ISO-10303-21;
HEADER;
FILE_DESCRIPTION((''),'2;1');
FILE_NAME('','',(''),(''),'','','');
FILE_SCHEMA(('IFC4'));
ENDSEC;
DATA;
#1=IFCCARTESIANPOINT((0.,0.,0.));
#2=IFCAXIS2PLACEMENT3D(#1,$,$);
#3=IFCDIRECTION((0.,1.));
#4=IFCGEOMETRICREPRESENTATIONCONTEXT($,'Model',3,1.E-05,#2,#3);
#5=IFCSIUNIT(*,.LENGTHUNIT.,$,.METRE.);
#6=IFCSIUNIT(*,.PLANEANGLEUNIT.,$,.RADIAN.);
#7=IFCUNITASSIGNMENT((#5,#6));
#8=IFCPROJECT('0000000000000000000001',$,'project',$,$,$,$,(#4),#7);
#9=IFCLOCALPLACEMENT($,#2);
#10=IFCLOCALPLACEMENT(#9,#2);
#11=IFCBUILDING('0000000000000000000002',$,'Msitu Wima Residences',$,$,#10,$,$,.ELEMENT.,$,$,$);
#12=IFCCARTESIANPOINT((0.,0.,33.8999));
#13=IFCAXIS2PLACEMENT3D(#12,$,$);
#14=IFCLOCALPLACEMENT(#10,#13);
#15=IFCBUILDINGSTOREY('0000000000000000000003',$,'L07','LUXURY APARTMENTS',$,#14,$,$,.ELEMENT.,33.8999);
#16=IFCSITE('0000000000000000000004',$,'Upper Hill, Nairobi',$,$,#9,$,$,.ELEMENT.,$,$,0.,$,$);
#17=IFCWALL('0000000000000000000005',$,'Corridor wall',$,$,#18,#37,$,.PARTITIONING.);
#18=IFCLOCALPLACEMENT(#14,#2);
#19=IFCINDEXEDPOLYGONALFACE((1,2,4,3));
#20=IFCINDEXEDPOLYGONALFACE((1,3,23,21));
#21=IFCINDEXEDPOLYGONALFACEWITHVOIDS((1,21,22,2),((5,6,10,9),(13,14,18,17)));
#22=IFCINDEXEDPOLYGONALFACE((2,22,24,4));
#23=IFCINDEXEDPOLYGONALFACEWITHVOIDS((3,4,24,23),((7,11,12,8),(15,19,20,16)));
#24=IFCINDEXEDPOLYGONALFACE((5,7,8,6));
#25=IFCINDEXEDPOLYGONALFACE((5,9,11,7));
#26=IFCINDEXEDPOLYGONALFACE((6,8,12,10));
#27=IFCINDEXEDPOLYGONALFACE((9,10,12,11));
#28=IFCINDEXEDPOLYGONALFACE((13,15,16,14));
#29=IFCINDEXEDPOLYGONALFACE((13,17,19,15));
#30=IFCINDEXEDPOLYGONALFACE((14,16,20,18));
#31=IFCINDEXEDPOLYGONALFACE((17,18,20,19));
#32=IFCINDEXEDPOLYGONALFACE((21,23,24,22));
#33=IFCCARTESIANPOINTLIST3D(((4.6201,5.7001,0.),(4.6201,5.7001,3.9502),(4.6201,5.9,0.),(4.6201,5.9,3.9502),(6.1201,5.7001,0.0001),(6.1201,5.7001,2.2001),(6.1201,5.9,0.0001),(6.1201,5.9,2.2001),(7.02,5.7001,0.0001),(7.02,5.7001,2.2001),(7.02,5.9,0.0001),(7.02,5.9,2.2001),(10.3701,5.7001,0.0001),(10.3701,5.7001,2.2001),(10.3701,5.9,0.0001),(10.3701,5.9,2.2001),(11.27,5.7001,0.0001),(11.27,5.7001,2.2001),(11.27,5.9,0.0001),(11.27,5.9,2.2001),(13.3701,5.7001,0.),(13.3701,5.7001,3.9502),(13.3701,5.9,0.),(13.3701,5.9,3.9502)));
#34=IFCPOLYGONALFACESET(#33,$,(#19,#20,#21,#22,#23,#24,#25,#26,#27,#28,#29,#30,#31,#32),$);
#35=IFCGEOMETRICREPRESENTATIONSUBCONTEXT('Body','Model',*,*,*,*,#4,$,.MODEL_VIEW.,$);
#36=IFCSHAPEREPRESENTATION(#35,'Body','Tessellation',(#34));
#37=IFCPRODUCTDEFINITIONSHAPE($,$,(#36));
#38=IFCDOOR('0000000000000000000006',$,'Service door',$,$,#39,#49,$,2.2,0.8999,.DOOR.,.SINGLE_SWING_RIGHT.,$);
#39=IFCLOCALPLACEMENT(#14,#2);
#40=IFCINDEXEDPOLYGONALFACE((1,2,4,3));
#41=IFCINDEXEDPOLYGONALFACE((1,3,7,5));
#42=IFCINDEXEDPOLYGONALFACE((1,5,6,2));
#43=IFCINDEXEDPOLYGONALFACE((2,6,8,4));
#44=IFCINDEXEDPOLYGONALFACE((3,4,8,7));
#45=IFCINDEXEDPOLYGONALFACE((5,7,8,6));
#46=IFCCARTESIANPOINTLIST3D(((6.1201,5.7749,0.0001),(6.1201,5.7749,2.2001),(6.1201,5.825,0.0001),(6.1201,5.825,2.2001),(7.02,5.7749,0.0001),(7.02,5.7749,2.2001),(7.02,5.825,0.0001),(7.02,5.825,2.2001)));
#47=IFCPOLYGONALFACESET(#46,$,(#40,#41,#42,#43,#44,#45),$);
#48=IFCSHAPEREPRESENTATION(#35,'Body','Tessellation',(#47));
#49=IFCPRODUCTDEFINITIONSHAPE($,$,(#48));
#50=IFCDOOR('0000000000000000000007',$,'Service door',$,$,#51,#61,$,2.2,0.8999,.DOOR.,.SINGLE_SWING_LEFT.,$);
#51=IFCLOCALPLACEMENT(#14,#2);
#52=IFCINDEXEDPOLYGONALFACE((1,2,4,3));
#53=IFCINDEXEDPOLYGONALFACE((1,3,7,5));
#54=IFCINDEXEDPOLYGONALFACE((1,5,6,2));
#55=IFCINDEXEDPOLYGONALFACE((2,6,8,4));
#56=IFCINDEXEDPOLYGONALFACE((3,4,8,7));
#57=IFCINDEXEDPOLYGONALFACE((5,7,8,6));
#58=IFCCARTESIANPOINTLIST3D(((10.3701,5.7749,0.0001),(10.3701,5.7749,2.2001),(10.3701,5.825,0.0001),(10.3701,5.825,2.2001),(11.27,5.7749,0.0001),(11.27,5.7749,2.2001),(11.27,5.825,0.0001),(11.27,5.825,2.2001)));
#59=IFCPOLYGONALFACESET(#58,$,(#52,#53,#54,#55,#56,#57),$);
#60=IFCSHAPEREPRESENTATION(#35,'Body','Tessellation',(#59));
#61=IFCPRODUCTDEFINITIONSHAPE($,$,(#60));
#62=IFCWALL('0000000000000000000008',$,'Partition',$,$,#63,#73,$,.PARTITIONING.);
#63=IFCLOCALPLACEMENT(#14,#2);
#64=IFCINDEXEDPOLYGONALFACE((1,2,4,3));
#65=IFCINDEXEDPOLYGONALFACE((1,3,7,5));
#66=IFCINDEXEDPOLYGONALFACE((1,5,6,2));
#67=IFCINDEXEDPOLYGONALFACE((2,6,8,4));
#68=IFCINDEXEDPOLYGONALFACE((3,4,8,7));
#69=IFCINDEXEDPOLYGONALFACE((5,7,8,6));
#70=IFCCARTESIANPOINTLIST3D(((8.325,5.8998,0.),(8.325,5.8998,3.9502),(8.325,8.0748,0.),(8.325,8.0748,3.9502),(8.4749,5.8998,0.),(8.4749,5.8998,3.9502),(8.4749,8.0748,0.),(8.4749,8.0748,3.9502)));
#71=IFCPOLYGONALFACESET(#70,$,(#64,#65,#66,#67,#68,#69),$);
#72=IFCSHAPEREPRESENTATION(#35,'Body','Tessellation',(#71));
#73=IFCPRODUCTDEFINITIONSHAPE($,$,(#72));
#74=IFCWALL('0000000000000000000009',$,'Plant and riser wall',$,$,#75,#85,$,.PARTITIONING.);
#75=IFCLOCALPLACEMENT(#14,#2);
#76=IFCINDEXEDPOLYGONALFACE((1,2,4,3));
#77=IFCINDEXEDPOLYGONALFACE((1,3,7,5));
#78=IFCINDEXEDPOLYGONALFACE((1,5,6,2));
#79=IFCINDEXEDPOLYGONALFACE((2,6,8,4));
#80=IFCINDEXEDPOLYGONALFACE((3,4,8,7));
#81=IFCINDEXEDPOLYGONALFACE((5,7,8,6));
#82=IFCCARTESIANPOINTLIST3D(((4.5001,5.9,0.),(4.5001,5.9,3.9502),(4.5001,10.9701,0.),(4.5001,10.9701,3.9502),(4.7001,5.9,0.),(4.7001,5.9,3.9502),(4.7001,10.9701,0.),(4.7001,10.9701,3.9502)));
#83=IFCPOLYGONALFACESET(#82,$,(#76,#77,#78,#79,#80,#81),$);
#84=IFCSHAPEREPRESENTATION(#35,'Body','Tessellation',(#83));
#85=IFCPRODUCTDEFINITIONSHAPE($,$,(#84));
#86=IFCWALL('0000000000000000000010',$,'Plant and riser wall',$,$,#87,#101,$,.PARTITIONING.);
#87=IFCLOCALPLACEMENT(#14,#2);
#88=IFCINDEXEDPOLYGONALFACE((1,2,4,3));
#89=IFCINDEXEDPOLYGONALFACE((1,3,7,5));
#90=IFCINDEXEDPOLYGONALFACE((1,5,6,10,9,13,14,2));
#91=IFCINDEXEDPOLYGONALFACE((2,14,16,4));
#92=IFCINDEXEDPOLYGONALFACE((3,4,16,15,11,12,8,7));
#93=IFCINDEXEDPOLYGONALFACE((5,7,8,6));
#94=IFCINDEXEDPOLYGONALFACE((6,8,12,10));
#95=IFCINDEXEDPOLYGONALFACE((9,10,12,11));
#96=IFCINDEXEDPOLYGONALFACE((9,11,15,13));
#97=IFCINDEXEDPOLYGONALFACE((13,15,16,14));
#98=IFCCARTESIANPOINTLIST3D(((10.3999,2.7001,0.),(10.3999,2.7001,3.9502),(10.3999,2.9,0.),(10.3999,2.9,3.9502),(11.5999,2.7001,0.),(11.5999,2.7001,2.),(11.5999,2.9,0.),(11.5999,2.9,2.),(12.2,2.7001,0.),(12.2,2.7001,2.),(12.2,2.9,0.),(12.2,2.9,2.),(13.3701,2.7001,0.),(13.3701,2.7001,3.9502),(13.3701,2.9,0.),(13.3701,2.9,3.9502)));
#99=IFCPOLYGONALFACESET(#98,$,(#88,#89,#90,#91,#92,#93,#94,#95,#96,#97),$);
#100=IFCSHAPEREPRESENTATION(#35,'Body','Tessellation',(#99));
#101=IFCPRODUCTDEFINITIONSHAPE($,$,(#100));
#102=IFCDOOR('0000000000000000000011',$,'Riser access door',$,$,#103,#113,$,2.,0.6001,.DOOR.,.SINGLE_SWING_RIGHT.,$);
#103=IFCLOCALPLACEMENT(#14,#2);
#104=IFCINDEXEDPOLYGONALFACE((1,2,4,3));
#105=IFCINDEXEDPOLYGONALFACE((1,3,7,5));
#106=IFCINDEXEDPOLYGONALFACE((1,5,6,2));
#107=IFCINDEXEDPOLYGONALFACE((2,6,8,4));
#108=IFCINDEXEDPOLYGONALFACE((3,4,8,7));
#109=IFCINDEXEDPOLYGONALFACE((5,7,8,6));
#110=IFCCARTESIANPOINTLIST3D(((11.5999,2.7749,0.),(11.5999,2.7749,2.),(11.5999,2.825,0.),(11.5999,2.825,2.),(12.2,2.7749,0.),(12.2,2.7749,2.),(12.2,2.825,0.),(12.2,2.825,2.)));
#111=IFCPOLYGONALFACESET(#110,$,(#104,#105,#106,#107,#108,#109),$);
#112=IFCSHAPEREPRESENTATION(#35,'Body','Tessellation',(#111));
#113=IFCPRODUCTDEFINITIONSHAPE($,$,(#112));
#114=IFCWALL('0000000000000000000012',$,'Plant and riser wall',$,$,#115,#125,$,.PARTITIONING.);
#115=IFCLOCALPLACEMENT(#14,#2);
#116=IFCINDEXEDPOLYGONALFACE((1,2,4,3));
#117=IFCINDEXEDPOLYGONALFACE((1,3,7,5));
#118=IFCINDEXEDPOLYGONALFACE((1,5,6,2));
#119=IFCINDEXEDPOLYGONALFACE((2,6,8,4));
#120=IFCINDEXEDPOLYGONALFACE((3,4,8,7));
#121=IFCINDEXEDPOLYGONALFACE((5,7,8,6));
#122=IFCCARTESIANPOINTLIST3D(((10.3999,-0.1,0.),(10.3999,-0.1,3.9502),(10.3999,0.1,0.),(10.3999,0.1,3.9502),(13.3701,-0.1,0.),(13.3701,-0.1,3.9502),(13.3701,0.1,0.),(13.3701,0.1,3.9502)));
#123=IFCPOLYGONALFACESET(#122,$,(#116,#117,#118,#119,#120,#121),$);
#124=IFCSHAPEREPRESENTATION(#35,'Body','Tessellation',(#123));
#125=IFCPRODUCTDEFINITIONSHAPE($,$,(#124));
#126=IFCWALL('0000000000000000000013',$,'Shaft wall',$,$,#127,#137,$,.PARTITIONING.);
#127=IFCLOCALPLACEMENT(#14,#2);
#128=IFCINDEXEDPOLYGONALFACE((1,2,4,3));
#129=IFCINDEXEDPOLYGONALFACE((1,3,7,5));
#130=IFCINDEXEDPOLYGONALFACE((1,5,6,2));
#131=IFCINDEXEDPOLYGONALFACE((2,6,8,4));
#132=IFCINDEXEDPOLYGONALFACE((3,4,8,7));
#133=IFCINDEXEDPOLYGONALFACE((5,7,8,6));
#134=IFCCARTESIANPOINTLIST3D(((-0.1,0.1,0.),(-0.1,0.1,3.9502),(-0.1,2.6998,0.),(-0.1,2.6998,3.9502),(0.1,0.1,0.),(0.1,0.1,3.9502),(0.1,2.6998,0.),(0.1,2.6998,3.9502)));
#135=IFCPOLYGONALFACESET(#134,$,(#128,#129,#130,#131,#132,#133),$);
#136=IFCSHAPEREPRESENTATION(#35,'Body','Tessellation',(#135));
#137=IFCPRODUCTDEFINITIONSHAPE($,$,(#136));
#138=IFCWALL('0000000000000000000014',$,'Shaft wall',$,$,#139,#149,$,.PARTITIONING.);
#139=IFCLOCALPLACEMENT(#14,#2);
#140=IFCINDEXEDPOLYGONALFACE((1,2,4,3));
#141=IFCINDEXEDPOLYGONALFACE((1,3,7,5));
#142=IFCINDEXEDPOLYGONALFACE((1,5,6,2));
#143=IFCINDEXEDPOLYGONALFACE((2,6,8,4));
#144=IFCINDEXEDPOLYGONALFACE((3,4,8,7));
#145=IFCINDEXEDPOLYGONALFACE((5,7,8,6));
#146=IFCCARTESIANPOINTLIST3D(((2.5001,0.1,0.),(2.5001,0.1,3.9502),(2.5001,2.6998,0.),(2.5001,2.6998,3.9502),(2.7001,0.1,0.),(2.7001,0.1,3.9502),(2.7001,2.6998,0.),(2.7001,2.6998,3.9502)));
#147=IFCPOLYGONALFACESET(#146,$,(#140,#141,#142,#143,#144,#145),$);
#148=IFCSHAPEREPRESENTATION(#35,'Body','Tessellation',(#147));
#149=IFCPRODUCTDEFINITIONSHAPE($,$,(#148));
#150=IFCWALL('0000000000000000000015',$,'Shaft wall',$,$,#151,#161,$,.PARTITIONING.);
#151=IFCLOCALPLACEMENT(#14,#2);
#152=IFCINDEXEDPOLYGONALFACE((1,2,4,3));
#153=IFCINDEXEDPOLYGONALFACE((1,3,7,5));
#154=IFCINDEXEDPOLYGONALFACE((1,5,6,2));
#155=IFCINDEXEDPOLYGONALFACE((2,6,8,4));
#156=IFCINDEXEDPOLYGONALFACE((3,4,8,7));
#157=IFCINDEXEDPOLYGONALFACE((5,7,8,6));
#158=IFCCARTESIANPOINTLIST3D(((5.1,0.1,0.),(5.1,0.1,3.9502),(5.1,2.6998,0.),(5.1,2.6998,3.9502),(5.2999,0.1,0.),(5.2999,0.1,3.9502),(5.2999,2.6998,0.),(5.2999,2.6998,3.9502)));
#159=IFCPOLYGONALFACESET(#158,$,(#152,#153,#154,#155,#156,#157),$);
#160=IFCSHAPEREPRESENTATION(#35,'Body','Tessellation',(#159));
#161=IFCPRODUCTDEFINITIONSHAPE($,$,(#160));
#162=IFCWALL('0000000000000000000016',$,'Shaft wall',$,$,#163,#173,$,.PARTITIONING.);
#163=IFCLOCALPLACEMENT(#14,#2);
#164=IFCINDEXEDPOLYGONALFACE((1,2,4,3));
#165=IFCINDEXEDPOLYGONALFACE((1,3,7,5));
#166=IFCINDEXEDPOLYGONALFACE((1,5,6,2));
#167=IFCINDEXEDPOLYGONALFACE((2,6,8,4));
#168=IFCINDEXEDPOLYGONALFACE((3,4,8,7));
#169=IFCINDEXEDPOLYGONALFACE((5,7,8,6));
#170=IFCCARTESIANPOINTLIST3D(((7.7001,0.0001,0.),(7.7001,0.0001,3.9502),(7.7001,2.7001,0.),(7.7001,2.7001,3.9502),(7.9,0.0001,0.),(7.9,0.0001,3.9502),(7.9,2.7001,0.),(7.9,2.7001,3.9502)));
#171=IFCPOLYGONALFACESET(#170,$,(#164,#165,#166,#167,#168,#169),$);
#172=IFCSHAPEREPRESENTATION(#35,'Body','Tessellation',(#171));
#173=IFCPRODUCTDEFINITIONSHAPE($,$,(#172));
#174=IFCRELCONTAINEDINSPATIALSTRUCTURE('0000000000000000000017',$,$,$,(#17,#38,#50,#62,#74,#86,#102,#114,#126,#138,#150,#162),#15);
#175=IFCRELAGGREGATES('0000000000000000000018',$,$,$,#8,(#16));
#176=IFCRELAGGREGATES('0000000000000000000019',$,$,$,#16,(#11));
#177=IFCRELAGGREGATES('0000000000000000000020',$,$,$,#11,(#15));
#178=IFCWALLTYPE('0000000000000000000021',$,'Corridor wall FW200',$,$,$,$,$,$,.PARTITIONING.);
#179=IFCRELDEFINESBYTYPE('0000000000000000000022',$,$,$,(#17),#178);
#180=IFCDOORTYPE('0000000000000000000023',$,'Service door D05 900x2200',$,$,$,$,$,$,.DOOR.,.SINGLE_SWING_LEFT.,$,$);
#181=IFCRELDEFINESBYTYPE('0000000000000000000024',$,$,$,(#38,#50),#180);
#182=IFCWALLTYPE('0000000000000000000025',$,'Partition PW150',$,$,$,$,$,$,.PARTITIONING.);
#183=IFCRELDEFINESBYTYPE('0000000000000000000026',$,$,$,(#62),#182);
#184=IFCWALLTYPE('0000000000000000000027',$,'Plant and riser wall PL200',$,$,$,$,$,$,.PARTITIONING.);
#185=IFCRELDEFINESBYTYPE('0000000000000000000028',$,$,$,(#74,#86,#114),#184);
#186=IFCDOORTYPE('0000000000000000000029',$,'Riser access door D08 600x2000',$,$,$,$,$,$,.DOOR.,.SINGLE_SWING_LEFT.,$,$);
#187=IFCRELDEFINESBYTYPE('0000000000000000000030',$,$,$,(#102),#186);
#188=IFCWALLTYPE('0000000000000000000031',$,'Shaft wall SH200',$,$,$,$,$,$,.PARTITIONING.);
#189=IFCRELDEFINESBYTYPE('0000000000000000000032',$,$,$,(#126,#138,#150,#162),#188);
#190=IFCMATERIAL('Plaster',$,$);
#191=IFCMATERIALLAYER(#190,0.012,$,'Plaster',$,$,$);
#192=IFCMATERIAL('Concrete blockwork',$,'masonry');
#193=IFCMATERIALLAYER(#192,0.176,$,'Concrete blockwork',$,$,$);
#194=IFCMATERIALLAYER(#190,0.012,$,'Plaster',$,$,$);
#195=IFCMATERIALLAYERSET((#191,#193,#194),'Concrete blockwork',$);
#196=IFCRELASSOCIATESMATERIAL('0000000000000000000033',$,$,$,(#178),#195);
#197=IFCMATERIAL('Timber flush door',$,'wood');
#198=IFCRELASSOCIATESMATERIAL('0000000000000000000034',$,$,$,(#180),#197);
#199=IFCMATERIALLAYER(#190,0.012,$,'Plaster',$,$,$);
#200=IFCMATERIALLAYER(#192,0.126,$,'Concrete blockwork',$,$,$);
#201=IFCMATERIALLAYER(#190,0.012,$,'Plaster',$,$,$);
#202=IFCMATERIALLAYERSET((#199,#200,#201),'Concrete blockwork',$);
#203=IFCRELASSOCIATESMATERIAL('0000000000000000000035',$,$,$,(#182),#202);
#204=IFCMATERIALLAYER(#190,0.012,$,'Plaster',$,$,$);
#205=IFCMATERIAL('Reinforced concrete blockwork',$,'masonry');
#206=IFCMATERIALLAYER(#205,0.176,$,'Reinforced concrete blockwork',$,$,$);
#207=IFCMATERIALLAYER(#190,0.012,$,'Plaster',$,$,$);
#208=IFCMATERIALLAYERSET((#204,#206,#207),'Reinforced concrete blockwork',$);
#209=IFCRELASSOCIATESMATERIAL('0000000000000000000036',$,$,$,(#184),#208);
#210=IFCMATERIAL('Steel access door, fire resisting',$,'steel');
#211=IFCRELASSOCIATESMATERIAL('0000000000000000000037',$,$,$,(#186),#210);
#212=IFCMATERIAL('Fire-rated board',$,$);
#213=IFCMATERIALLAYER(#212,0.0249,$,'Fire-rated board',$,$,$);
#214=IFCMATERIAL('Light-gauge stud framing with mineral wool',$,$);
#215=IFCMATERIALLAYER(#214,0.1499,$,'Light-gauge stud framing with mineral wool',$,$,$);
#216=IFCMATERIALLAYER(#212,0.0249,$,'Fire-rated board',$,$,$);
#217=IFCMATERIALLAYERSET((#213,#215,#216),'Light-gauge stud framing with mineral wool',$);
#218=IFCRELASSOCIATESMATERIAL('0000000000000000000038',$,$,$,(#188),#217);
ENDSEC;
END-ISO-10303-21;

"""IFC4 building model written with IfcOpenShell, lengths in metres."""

from ifc_helpers import new_model, si_unit, direction, frame, frame_2d, origin, place, context, subcontext, project, spatial, rectangle, extrude, material, layer, layer_set, type_object, element, fill, save


model = new_model("IFC4")

# Units and contexts
model_context = context("Model", 3, precision=1e-05, world=origin(), true_north=direction((0.0, 1.0)))
body_context = subcontext(model_context, "Body", "Model", "MODEL_VIEW")
ifc_project = project(units=[si_unit("LENGTHUNIT", "METRE"), si_unit("PLANEANGLEUNIT", "RADIAN")], contexts=[model_context])

# Site, building, storey
site_placement = place(None, origin())
site = spatial("IfcSite", under=ifc_project, at=site_placement, Name="Upper Hill, Nairobi", CompositionType="ELEMENT", RefElevation=0.0)
building_placement = place(site_placement, origin())
building = spatial("IfcBuilding", under=site, at=building_placement, Name="Msitu Wima Residences", CompositionType="ELEMENT")
storey_placement = place(building_placement, frame((0.0, 0.0, 33.8999)))
storey = spatial("IfcBuildingStorey", under=building, at=storey_placement, Name="L07", Description="LUXURY APARTMENTS", CompositionType="ELEMENT", Elevation=33.8999)

# Wall, openings, doors
ifc_material_1 = material(Name="Plaster")
ifc_layer_1 = layer(ifc_material_1, 0.012, Name="Plaster")
ifc_material_2 = material(Name="Concrete blockwork", Category="masonry")
ifc_layer_2 = layer(ifc_material_2, 0.176, Name="Concrete blockwork")
ifc_layer_3 = layer(ifc_material_1, 0.012, Name="Plaster")
ifc_layer_set_1 = layer_set([ifc_layer_1, ifc_layer_2, ifc_layer_3], Name="Concrete blockwork")
wall_type_1 = type_object("IfcWallType", Name="Corridor wall FW200", PredefinedType="PARTITIONING", material=ifc_layer_set_1)
wall_1_placement = place(storey_placement, frame((4.6201, 5.8, 0.0), z_axis=(0.0, 0.0, 1.0), x_axis=(1.0, 0.0, 0.0)))
wall_1 = element("IfcWall", 1, at=wall_1_placement, inside=storey, type_object=wall_type_1, Name="Corridor wall", PredefinedType="PARTITIONING", context=body_context, shape_type="SweptSolid", body=[
    extrude(rectangle(XDim=8.75, YDim=0.2, at=frame_2d((4.375, 0.0))), origin(), (0.0, 0.0, 1.0), 3.9502),
])
opening_1_placement = place(wall_1_placement, frame((1.5, 0.0, 0.0)))
opening_1 = element("IfcOpeningElement", 2, at=opening_1_placement, cuts=wall_1, PredefinedType="OPENING", context=body_context, shape_type="SweptSolid", body=[
    extrude(rectangle(XDim=0.8999, YDim=2.2, at=frame_2d((0.45, 1.1001))), frame((0.0, 0.1099, 0.0), z_axis=(0.0, -1.0, 0.0), x_axis=(1.0, 0.0, 0.0)), (0.0, 0.0, 1.0), 0.22),
])
opening_2_placement = place(wall_1_placement, frame((5.75, 0.0, 0.0)))
opening_2 = element("IfcOpeningElement", 3, at=opening_2_placement, cuts=wall_1, PredefinedType="OPENING", context=body_context, shape_type="SweptSolid", body=[
    extrude(rectangle(XDim=0.8999, YDim=2.2, at=frame_2d((0.45, 1.1001))), frame((0.0, 0.1099, 0.0), z_axis=(0.0, -1.0, 0.0), x_axis=(1.0, 0.0, 0.0)), (0.0, 0.0, 1.0), 0.22),
])
ifc_material_3 = material(Name="Timber flush door", Category="wood")
door_type_1 = type_object("IfcDoorType", Name="Service door D05 900x2200", OperationType="SINGLE_SWING_LEFT", PredefinedType="DOOR", material=ifc_material_3)
door_1_placement = place(opening_1_placement, origin())
door_1 = element("IfcDoor", 4, at=door_1_placement, inside=storey, type_object=door_type_1, Name="Service door", OperationType="SINGLE_SWING_RIGHT", OverallHeight=2.2, OverallWidth=0.8999, PredefinedType="DOOR", context=body_context, shape_type="SweptSolid", body=[
    extrude(rectangle(XDim=0.8999, YDim=2.2, at=frame_2d((0.45, 1.1001))), frame((0.0, 0.0249, 0.0), z_axis=(0.0, -1.0, 0.0), x_axis=(1.0, 0.0, 0.0)), (0.0, 0.0, 1.0), 0.05),
])
fill(opening_1, door_1)
door_2_placement = place(opening_2_placement, origin())
door_2 = element("IfcDoor", 5, at=door_2_placement, inside=storey, type_object=door_type_1, Name="Service door", OperationType="SINGLE_SWING_LEFT", OverallHeight=2.2, OverallWidth=0.8999, PredefinedType="DOOR", context=body_context, shape_type="SweptSolid", body=[
    extrude(rectangle(XDim=0.8999, YDim=2.2, at=frame_2d((0.45, 1.1001))), frame((0.0, 0.0249, 0.0), z_axis=(0.0, -1.0, 0.0), x_axis=(1.0, 0.0, 0.0)), (0.0, 0.0, 1.0), 0.05),
])
fill(opening_2, door_2)

# Walls
ifc_layer_4 = layer(ifc_material_1, 0.012, Name="Plaster")
ifc_layer_5 = layer(ifc_material_2, 0.126, Name="Concrete blockwork")
ifc_layer_6 = layer(ifc_material_1, 0.012, Name="Plaster")
ifc_layer_set_2 = layer_set([ifc_layer_4, ifc_layer_5, ifc_layer_6], Name="Concrete blockwork")
wall_type_2 = type_object("IfcWallType", Name="Partition PW150", PredefinedType="PARTITIONING", material=ifc_layer_set_2)
wall_2_placement = place(storey_placement, frame((8.3999, 5.8999, 0.0), z_axis=(0.0, 0.0, 1.0), x_axis=(0.0, 1.0, 0.0)))
element("IfcWall", 6, at=wall_2_placement, inside=storey, type_object=wall_type_2, Name="Partition", PredefinedType="PARTITIONING", context=body_context, shape_type="SweptSolid", body=[
    extrude(rectangle(XDim=2.175, YDim=0.1499, at=frame_2d((1.0874, 0.0))), origin(), (0.0, 0.0, 1.0), 3.9502),
])
ifc_layer_7 = layer(ifc_material_1, 0.012, Name="Plaster")
ifc_material_4 = material(Name="Reinforced concrete blockwork", Category="masonry")
ifc_layer_8 = layer(ifc_material_4, 0.176, Name="Reinforced concrete blockwork")
ifc_layer_9 = layer(ifc_material_1, 0.012, Name="Plaster")
ifc_layer_set_3 = layer_set([ifc_layer_7, ifc_layer_8, ifc_layer_9], Name="Reinforced concrete blockwork")
wall_type_3 = type_object("IfcWallType", Name="Plant and riser wall PL200", PredefinedType="PARTITIONING", material=ifc_layer_set_3)
wall_3_placement = place(storey_placement, frame((4.6001, 5.8999, 0.0), z_axis=(0.0, 0.0, 1.0), x_axis=(0.0, 1.0, 0.0)))
element("IfcWall", 7, at=wall_3_placement, inside=storey, type_object=wall_type_3, Name="Plant and riser wall", PredefinedType="PARTITIONING", context=body_context, shape_type="SweptSolid", body=[
    extrude(rectangle(XDim=5.0701, YDim=0.2, at=frame_2d((2.5352, 0.0))), origin(), (0.0, 0.0, 1.0), 3.9502),
])

# Wall, opening, door
wall_4_placement = place(storey_placement, frame((10.3999, 2.8, 0.0), z_axis=(0.0, 0.0, 1.0), x_axis=(1.0, 0.0, 0.0)))
wall_4 = element("IfcWall", 8, at=wall_4_placement, inside=storey, type_object=wall_type_3, Name="Plant and riser wall", PredefinedType="PARTITIONING", context=body_context, shape_type="SweptSolid", body=[
    extrude(rectangle(XDim=2.9702, YDim=0.2, at=frame_2d((1.4851, 0.0))), origin(), (0.0, 0.0, 1.0), 3.9502),
])
opening_3_placement = place(wall_4_placement, frame((1.2, 0.0, 0.0)))
opening_3 = element("IfcOpeningElement", 9, at=opening_3_placement, cuts=wall_4, PredefinedType="OPENING", context=body_context, shape_type="SweptSolid", body=[
    extrude(rectangle(XDim=0.6001, YDim=2.0, at=frame_2d((0.3, 1.0))), frame((0.0, 0.1099, 0.0), z_axis=(0.0, -1.0, 0.0), x_axis=(1.0, 0.0, 0.0)), (0.0, 0.0, 1.0), 0.22),
])
ifc_material_5 = material(Name="Steel access door, fire resisting", Category="steel")
door_type_2 = type_object("IfcDoorType", Name="Riser access door D08 600x2000", OperationType="SINGLE_SWING_LEFT", PredefinedType="DOOR", material=ifc_material_5)
door_3_placement = place(opening_3_placement, origin())
door_3 = element("IfcDoor", 10, at=door_3_placement, inside=storey, type_object=door_type_2, Name="Riser access door", OperationType="SINGLE_SWING_RIGHT", OverallHeight=2.0, OverallWidth=0.6001, PredefinedType="DOOR", context=body_context, shape_type="SweptSolid", body=[
    extrude(rectangle(XDim=0.6001, YDim=2.0, at=frame_2d((0.3, 1.0))), frame((0.0, 0.0249, 0.0), z_axis=(0.0, -1.0, 0.0), x_axis=(1.0, 0.0, 0.0)), (0.0, 0.0, 1.0), 0.05),
])
fill(opening_3, door_3)

# Walls
wall_5_placement = place(storey_placement, frame((10.3999, 0.0, 0.0), z_axis=(0.0, 0.0, 1.0), x_axis=(1.0, 0.0, 0.0)))
element("IfcWall", 11, at=wall_5_placement, inside=storey, type_object=wall_type_3, Name="Plant and riser wall", PredefinedType="PARTITIONING", context=body_context, shape_type="SweptSolid", body=[
    extrude(rectangle(XDim=2.9702, YDim=0.2, at=frame_2d((1.4851, 0.0))), origin(), (0.0, 0.0, 1.0), 3.9502),
])
ifc_material_6 = material(Name="Fire-rated board")
ifc_layer_10 = layer(ifc_material_6, 0.0249, Name="Fire-rated board")
ifc_material_7 = material(Name="Light-gauge stud framing with mineral wool")
ifc_layer_11 = layer(ifc_material_7, 0.1499, Name="Light-gauge stud framing with mineral wool")
ifc_layer_12 = layer(ifc_material_6, 0.0249, Name="Fire-rated board")
ifc_layer_set_4 = layer_set([ifc_layer_10, ifc_layer_11, ifc_layer_12], Name="Light-gauge stud framing with mineral wool")
wall_type_4 = type_object("IfcWallType", Name="Shaft wall SH200", PredefinedType="PARTITIONING", material=ifc_layer_set_4)
for number, where, z_axis, x_axis, name in (
    (12, (0.0, 0.1001, 0.0), (0.0, 0.0, 1.0), (0.0, 1.0, 0.0), "Shaft wall"),
    (13, (2.6001, 0.1001, 0.0), (0.0, 0.0, 1.0), (0.0, 1.0, 0.0), "Shaft wall"),
    (14, (5.2, 0.1001, 0.0), (0.0, 0.0, 1.0), (0.0, 1.0, 0.0), "Shaft wall"),
):
    element("IfcWall", number, at=place(storey_placement, frame(where, z_axis=z_axis, x_axis=x_axis)), inside=storey, type_object=wall_type_4, Name=name, PredefinedType="PARTITIONING", context=body_context, shape_type="SweptSolid", body=[
        extrude(rectangle(XDim=2.5999, YDim=0.2, at=frame_2d((1.2998, 0.0))), origin(), (0.0, 0.0, 1.0), 3.9502),
    ])
wall_6_placement = place(storey_placement, frame((7.8, 0.0, 0.0), z_axis=(0.0, 0.0, 1.0), x_axis=(0.0, 1.0, 0.0)))
element("IfcWall", 15, at=wall_6_placement, inside=storey, type_object=wall_type_4, Name="Shaft wall", PredefinedType="PARTITIONING", context=body_context, shape_type="SweptSolid", body=[
    extrude(rectangle(XDim=2.7, YDim=0.2, at=frame_2d((1.3501, 0.0))), origin(), (0.0, 0.0, 1.0), 3.9502),
])

save(model, "model.ifc")
